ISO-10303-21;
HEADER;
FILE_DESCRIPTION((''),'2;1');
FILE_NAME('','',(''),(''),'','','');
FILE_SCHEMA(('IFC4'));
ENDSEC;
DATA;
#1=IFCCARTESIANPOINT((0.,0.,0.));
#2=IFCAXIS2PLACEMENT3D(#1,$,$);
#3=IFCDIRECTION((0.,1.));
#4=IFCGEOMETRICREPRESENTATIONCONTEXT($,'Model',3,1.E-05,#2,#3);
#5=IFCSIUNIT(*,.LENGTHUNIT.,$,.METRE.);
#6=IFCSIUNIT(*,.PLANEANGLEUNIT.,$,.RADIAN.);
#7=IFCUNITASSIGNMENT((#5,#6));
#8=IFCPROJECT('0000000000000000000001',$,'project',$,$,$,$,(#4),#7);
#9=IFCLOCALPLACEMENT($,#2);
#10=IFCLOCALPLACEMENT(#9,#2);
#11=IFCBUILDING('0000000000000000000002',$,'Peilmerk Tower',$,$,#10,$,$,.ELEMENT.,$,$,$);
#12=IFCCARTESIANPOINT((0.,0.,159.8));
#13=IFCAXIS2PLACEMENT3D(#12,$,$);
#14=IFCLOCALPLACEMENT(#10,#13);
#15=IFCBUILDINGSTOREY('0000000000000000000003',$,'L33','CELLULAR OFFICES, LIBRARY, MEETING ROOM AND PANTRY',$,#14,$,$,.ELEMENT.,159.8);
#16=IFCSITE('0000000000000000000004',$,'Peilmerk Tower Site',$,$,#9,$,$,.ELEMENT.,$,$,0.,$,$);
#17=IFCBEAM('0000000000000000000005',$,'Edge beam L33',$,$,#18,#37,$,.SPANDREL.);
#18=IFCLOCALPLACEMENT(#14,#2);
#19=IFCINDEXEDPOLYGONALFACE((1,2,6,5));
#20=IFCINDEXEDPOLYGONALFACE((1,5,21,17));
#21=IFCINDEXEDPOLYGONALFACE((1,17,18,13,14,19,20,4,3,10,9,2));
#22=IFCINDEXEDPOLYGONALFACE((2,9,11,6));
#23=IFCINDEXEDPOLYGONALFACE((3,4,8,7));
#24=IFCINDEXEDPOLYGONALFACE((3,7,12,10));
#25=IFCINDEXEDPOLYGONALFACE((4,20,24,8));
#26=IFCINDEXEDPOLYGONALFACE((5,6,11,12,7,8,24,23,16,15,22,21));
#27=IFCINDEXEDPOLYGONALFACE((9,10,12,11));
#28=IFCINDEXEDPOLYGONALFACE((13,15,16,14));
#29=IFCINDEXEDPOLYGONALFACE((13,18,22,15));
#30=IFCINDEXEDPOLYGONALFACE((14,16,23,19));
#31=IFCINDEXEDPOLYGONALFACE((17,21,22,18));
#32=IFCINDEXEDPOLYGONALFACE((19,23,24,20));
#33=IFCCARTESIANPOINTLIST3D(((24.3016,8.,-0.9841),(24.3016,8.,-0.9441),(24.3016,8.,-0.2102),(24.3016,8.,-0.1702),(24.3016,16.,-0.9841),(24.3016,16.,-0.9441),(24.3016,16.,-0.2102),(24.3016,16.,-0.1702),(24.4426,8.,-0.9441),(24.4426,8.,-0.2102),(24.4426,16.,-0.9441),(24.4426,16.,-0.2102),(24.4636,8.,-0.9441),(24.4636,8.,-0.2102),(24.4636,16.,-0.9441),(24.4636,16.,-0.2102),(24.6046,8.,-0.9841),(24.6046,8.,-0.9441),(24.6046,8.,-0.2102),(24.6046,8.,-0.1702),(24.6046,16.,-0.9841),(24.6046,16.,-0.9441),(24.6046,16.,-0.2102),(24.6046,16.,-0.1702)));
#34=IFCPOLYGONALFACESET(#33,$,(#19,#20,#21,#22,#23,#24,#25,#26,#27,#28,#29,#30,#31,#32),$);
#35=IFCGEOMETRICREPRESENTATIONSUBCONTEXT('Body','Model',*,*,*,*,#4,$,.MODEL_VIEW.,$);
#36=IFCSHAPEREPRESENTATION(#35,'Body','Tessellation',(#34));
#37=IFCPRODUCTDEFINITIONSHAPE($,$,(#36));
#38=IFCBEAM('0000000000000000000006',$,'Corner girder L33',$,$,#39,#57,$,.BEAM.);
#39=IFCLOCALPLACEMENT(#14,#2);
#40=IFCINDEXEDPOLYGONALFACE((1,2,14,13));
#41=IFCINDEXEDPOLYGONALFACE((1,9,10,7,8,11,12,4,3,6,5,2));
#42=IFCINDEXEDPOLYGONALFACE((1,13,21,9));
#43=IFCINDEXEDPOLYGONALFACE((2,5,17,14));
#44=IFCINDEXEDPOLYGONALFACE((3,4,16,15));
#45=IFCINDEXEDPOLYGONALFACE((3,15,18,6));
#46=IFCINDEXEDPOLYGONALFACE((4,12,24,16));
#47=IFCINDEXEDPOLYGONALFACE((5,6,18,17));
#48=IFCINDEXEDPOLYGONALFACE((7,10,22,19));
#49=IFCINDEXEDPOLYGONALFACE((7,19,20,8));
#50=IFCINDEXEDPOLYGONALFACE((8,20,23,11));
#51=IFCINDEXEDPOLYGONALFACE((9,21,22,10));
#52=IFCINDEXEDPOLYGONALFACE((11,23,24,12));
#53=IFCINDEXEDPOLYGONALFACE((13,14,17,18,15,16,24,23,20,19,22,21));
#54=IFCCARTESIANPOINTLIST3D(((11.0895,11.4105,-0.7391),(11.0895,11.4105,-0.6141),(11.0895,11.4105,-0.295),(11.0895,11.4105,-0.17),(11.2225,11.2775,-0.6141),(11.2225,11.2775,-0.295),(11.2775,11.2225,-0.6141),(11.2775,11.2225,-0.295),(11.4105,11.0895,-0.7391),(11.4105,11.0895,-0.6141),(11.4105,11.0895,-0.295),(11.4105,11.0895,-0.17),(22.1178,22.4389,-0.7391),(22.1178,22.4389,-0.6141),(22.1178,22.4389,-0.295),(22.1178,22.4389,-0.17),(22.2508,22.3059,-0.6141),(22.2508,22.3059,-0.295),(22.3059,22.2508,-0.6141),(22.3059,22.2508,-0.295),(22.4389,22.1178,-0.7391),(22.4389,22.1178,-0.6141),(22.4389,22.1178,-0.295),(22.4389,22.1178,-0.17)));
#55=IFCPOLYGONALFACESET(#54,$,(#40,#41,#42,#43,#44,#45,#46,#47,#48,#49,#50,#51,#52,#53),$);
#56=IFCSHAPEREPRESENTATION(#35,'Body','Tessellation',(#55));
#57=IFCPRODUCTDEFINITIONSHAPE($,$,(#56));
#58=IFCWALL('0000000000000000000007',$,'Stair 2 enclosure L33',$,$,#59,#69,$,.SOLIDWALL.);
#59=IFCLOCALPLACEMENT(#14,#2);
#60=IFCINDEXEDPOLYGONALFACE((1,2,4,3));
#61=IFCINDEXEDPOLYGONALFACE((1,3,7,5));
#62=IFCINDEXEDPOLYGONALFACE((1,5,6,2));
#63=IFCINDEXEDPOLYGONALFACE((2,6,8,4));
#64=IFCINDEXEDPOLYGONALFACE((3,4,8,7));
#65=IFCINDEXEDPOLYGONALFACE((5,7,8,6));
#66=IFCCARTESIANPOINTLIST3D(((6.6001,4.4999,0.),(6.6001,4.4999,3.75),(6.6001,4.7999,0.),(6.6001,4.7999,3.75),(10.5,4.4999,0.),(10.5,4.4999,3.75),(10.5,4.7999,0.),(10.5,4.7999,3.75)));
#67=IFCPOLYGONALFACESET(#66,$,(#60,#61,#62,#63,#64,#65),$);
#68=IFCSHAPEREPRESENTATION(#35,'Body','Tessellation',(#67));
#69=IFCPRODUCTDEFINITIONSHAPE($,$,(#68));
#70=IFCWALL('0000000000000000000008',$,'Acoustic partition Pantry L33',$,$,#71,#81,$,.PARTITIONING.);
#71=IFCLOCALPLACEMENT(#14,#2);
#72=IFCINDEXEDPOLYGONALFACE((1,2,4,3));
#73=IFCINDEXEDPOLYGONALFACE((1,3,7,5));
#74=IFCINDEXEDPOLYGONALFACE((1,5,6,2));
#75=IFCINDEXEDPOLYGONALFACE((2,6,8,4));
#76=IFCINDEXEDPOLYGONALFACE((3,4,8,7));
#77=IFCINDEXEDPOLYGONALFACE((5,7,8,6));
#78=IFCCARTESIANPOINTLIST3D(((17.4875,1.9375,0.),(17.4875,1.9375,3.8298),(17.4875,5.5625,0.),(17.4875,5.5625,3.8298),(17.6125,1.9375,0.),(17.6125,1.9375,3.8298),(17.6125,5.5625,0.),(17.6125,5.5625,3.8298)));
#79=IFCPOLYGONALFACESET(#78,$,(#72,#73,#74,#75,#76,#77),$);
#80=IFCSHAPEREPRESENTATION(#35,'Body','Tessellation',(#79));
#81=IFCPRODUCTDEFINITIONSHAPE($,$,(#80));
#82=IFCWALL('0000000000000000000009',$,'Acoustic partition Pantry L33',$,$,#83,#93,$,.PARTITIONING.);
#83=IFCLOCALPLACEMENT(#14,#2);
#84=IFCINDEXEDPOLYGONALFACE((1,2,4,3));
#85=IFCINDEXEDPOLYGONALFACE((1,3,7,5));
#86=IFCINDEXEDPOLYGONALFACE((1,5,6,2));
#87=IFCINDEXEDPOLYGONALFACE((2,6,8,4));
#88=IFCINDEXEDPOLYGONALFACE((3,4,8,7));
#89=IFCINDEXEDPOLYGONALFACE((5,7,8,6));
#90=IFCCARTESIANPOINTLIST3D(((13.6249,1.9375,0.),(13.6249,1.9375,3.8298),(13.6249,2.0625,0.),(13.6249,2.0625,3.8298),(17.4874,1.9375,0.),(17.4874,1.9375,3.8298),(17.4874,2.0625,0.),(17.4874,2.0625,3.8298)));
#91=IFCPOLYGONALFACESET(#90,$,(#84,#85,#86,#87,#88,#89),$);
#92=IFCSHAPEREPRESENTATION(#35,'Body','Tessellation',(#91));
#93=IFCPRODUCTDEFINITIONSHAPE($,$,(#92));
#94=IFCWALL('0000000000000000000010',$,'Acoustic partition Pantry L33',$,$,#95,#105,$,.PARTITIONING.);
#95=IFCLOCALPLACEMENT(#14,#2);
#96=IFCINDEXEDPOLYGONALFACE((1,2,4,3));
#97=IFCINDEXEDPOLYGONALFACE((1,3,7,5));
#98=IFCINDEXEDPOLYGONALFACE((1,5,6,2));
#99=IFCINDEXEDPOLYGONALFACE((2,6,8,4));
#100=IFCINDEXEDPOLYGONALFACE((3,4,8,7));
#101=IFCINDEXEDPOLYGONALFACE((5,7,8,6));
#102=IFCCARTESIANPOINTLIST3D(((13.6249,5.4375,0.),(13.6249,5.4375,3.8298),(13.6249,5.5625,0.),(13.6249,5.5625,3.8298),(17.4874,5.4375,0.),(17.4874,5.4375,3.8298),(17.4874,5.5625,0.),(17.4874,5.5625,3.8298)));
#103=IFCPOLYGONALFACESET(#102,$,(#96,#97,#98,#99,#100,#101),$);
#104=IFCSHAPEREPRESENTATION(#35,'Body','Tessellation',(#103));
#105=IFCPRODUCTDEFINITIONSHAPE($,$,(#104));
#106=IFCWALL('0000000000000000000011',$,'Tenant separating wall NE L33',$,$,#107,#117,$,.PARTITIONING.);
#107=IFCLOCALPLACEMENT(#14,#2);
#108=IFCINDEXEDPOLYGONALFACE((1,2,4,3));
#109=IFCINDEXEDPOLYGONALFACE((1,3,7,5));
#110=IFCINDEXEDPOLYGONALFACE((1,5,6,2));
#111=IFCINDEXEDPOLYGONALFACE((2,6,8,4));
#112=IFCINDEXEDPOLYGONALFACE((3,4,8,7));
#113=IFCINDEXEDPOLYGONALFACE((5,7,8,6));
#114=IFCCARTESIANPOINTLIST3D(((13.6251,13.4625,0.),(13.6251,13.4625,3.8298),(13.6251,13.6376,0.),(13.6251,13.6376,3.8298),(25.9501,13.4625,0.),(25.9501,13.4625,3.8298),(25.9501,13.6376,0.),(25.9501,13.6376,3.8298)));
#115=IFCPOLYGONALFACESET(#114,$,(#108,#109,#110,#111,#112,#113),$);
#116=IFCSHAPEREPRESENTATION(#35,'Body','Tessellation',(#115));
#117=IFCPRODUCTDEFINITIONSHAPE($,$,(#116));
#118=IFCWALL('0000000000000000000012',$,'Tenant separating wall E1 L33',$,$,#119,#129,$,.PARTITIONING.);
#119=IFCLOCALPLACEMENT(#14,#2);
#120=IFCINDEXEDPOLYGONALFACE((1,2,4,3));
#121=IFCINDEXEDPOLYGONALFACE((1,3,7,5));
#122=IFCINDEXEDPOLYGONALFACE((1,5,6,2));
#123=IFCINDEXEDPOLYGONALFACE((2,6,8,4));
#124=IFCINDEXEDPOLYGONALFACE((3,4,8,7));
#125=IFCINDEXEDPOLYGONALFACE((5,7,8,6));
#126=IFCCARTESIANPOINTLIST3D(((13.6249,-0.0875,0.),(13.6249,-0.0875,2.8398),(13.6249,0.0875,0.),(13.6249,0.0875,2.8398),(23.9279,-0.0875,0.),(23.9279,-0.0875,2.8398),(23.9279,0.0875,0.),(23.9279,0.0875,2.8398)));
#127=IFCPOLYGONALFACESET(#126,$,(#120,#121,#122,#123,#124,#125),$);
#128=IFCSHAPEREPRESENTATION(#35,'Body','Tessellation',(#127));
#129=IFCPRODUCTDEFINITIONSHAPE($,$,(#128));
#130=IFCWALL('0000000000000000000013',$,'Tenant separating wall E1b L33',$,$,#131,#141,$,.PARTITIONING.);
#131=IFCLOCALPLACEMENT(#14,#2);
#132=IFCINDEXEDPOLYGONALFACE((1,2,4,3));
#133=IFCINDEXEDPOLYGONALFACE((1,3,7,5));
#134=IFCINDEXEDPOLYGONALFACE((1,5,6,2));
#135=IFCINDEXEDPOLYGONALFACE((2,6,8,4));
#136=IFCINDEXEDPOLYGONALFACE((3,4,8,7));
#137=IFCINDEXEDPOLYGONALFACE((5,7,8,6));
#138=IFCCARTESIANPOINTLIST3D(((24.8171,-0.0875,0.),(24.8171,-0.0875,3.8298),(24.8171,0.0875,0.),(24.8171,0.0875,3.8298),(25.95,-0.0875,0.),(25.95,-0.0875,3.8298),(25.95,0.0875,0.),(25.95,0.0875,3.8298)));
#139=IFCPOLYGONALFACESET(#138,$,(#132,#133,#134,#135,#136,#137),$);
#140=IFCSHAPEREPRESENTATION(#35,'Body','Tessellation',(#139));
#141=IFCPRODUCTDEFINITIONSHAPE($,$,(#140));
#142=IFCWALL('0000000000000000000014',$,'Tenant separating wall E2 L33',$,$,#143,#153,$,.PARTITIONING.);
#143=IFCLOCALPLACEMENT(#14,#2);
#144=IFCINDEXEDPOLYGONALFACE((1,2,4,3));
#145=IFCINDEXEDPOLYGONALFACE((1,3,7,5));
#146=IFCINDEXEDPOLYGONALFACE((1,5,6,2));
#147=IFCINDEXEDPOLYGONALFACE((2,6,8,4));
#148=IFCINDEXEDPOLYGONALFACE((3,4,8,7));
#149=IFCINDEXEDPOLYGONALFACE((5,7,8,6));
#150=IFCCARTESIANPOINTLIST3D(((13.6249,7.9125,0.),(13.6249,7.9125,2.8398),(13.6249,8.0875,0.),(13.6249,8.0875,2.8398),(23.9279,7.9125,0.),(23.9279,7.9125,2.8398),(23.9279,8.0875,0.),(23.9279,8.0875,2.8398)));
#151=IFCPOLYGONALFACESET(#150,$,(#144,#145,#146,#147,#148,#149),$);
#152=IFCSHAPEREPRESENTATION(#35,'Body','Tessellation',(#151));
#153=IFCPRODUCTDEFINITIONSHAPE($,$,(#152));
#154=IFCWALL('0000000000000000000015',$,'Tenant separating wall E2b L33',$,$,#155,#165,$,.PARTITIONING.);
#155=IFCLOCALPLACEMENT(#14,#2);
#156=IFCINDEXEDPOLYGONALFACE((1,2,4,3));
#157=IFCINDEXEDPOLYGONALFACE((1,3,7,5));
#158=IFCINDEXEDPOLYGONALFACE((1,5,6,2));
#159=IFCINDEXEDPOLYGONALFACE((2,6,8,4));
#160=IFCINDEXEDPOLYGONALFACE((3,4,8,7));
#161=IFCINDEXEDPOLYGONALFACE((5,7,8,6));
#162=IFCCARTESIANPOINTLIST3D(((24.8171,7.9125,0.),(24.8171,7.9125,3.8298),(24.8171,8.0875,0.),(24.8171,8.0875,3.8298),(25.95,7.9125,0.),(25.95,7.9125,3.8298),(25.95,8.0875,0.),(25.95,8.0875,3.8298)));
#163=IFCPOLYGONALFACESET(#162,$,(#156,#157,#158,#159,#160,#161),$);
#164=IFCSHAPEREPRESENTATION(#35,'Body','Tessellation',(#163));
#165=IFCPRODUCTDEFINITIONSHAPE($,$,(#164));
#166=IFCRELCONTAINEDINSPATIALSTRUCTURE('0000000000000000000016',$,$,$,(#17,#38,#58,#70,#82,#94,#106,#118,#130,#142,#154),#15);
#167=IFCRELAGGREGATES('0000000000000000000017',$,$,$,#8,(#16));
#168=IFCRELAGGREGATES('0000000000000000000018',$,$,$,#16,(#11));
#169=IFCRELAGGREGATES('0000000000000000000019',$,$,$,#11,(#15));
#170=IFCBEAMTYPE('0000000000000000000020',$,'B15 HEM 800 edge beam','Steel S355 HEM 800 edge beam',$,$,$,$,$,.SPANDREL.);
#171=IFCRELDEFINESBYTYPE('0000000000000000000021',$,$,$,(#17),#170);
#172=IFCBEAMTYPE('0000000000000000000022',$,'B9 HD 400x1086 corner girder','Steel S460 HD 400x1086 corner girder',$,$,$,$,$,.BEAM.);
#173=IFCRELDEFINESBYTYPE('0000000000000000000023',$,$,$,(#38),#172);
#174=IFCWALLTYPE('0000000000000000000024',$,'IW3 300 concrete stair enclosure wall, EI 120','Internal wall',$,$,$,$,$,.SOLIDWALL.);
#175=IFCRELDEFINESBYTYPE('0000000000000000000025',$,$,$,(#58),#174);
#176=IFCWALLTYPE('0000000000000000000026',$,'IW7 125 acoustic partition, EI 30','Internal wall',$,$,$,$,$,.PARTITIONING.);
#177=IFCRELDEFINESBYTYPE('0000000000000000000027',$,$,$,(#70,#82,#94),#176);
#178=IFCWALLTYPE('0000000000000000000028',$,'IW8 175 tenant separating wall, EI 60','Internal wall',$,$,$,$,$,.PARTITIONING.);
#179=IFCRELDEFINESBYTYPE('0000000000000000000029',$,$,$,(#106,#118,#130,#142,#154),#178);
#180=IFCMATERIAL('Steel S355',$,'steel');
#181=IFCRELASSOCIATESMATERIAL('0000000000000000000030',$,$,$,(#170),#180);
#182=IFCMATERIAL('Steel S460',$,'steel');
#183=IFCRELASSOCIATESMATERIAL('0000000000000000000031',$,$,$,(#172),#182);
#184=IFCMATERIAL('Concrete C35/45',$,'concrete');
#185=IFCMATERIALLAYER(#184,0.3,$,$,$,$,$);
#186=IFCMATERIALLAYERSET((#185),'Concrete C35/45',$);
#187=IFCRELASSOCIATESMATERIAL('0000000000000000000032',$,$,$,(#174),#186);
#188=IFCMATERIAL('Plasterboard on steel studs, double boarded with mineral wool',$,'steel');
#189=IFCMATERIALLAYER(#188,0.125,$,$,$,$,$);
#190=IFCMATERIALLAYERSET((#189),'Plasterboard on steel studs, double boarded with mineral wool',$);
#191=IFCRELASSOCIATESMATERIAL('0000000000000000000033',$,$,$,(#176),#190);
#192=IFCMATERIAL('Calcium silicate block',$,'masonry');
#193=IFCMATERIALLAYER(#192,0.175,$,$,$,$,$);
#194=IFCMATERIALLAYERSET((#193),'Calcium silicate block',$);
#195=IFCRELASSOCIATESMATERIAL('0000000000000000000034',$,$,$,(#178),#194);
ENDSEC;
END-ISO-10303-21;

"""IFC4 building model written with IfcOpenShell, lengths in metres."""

from ifc_helpers import new_model, si_unit, direction, frame, frame_2d, origin, origin_2d, place, context, subcontext, project, spatial, rectangle, i_section, extrude, material, layer, layer_set, material_profile, profile_set, type_object, element, save


model = new_model("IFC4")

# Units and contexts
model_context = context("Model", 3, precision=1e-05, world=origin(), true_north=direction((0.0, 1.0)))
body_context = subcontext(model_context, "Body", "Model", "MODEL_VIEW")
ifc_project = project(units=[si_unit("LENGTHUNIT", "METRE"), si_unit("PLANEANGLEUNIT", "RADIAN")], contexts=[model_context])

# Site, building, storey
site_placement = place(None, origin())
site = spatial("IfcSite", under=ifc_project, at=site_placement, Name="Peilmerk Tower Site", CompositionType="ELEMENT", RefElevation=0.0)
building_placement = place(site_placement, origin())
building = spatial("IfcBuilding", under=site, at=building_placement, Name="Peilmerk Tower", CompositionType="ELEMENT")
storey_placement = place(building_placement, frame((0.0, 0.0, 159.8)))
storey = spatial("IfcBuildingStorey", under=building, at=storey_placement, Name="L33", Description="CELLULAR OFFICES, LIBRARY, MEETING ROOM AND PANTRY", CompositionType="ELEMENT", Elevation=159.8)

# Shared definitions
ifc_material_1 = material(Name="Steel S460", Category="steel")

# Beams
ifc_material_2 = material(Name="Steel S355", Category="steel")
ifc_material_profile_1 = material_profile(ifc_material_2, i_section(OverallWidth=0.303, OverallDepth=0.814, WebThickness=0.021, FlangeThickness=0.04, at=origin_2d()), Name="HEM 800")
ifc_profile_set_1 = profile_set([ifc_material_profile_1], Name="Steel S355")
beam_type_1 = type_object("IfcBeamType", Name="B15 HEM 800 edge beam", Description="Steel S355 HEM 800 edge beam", PredefinedType="SPANDREL", material=ifc_profile_set_1)
for number, where, z_axis, x_axis, name in (
    (1, (24.4531, 8.0, -0.5771), (0.0, 1.0, 0.0), (-1.0, 0.0, 0.0), "Edge beam L33"),
):
    element("IfcBeam", number, at=place(storey_placement, frame(where, z_axis=z_axis, x_axis=x_axis)), inside=storey, type_object=beam_type_1, Name=name, PredefinedType="SPANDREL", context=body_context, shape_type="SweptSolid", body=[
        extrude(i_section(OverallWidth=0.303, OverallDepth=0.814, WebThickness=0.021, FlangeThickness=0.04, at=origin_2d()), origin(), (0.0, 0.0, 1.0), 8.0),
    ])
ifc_material_profile_2 = material_profile(ifc_material_1, i_section(OverallWidth=0.4541, OverallDepth=0.5691, WebThickness=0.0779, FlangeThickness=0.125, at=origin_2d()), Name="HD 400x1086")
ifc_profile_set_2 = profile_set([ifc_material_profile_2], Name="Steel S460")
beam_type_2 = type_object("IfcBeamType", Name="B9 HD 400x1086 corner girder", Description="Steel S460 HD 400x1086 corner girder", PredefinedType="BEAM", material=ifc_profile_set_2)
beam_placement = place(storey_placement, frame((11.25, 11.25, -0.4546), z_axis=(0.707107, 0.707107, 0.0), x_axis=(-0.707107, 0.707107, 0.0)))
element("IfcBeam", 2, at=beam_placement, inside=storey, type_object=beam_type_2, Name="Corner girder L33", PredefinedType="BEAM", context=body_context, shape_type="SweptSolid", body=[
    extrude(i_section(OverallWidth=0.4541, OverallDepth=0.5691, WebThickness=0.0779, FlangeThickness=0.125, at=origin_2d()), origin(), (0.0, 0.0, 1.0), 15.5964),
])

# Walls
ifc_material_3 = material(Name="Concrete C35/45", Category="concrete")
ifc_layer_1 = layer(ifc_material_3, 0.3)
ifc_layer_set_1 = layer_set([ifc_layer_1], Name="Concrete C35/45")
wall_type_1 = type_object("IfcWallType", Name="IW3 300 concrete stair enclosure wall, EI 120", Description="Internal wall", PredefinedType="SOLIDWALL", material=ifc_layer_set_1)
wall_1_placement = place(storey_placement, frame((6.6001, 4.6499, 0.0), z_axis=(0.0, 0.0, 1.0), x_axis=(1.0, 0.0, 0.0)))
element("IfcWall", 3, at=wall_1_placement, inside=storey, type_object=wall_type_1, Name="Stair 2 enclosure L33", PredefinedType="SOLIDWALL", context=body_context, shape_type="SweptSolid", body=[
    extrude(rectangle(XDim=3.8999, YDim=0.3, at=frame_2d((1.95, 0.0))), origin(), (0.0, 0.0, 1.0), 3.75),
])
ifc_material_4 = material(Name="Plasterboard on steel studs, double boarded with mineral wool", Category="steel")
ifc_layer_2 = layer(ifc_material_4, 0.125)
ifc_layer_set_2 = layer_set([ifc_layer_2], Name="Plasterboard on steel studs, double boarded with mineral wool")
wall_type_2 = type_object("IfcWallType", Name="IW7 125 acoustic partition, EI 30", Description="Internal wall", PredefinedType="PARTITIONING", material=ifc_layer_set_2)
wall_2_placement = place(storey_placement, frame((17.55, 1.9375, 0.0), z_axis=(0.0, 0.0, 1.0), x_axis=(0.0, 1.0, 0.0)))
element("IfcWall", 4, at=wall_2_placement, inside=storey, type_object=wall_type_2, Name="Acoustic partition Pantry L33", PredefinedType="PARTITIONING", context=body_context, shape_type="SweptSolid", body=[
    extrude(rectangle(XDim=3.625, YDim=0.125, at=frame_2d((1.8125, 0.0))), origin(), (0.0, 0.0, 1.0), 3.8298),
])
for number, where, z_axis, x_axis, name in (
    (5, (13.625, 2.0, 0.0), (0.0, 0.0, 1.0), (1.0, 0.0, 0.0), "Acoustic partition Pantry L33"),
    (6, (13.625, 5.5, 0.0), (0.0, 0.0, 1.0), (1.0, 0.0, 0.0), "Acoustic partition Pantry L33"),
):
    element("IfcWall", number, at=place(storey_placement, frame(where, z_axis=z_axis, x_axis=x_axis)), inside=storey, type_object=wall_type_2, Name=name, PredefinedType="PARTITIONING", context=body_context, shape_type="SweptSolid", body=[
        extrude(rectangle(XDim=3.8625, YDim=0.125, at=frame_2d((1.9312, 0.0))), origin(), (0.0, 0.0, 1.0), 3.8298),
    ])
ifc_material_5 = material(Name="Calcium silicate block", Category="masonry")
ifc_layer_3 = layer(ifc_material_5, 0.175)
ifc_layer_set_3 = layer_set([ifc_layer_3], Name="Calcium silicate block")
wall_type_3 = type_object("IfcWallType", Name="IW8 175 tenant separating wall, EI 60", Description="Internal wall", PredefinedType="PARTITIONING", material=ifc_layer_set_3)
wall_3_placement = place(storey_placement, frame((13.625, 13.55, 0.0), z_axis=(0.0, 0.0, 1.0), x_axis=(1.0, 0.0, 0.0)))
element("IfcWall", 7, at=wall_3_placement, inside=storey, type_object=wall_type_3, Name="Tenant separating wall NE L33", PredefinedType="PARTITIONING", context=body_context, shape_type="SweptSolid", body=[
    extrude(rectangle(XDim=12.325, YDim=0.175, at=frame_2d((6.1626, 0.0))), origin(), (0.0, 0.0, 1.0), 3.8298),
])
wall_4_placement = place(storey_placement, frame((13.625, 0.0, 0.0), z_axis=(0.0, 0.0, 1.0), x_axis=(1.0, 0.0, 0.0)))
element("IfcWall", 8, at=wall_4_placement, inside=storey, type_object=wall_type_3, Name="Tenant separating wall E1 L33", PredefinedType="PARTITIONING", context=body_context, shape_type="SweptSolid", body=[
    extrude(rectangle(XDim=10.303, YDim=0.175, at=frame_2d((5.1514, 0.0))), origin(), (0.0, 0.0, 1.0), 2.8398),
])
wall_5_placement = place(storey_placement, frame((24.8171, 0.0, 0.0), z_axis=(0.0, 0.0, 1.0), x_axis=(1.0, 0.0, 0.0)))
element("IfcWall", 9, at=wall_5_placement, inside=storey, type_object=wall_type_3, Name="Tenant separating wall E1b L33", PredefinedType="PARTITIONING", context=body_context, shape_type="SweptSolid", body=[
    extrude(rectangle(XDim=1.1328, YDim=0.175, at=frame_2d((0.5664, 0.0))), origin(), (0.0, 0.0, 1.0), 3.8298),
])
wall_6_placement = place(storey_placement, frame((13.625, 8.0, 0.0), z_axis=(0.0, 0.0, 1.0), x_axis=(1.0, 0.0, 0.0)))
element("IfcWall", 10, at=wall_6_placement, inside=storey, type_object=wall_type_3, Name="Tenant separating wall E2 L33", PredefinedType="PARTITIONING", context=body_context, shape_type="SweptSolid", body=[
    extrude(rectangle(XDim=10.303, YDim=0.175, at=frame_2d((5.1514, 0.0))), origin(), (0.0, 0.0, 1.0), 2.8398),
])
wall_7_placement = place(storey_placement, frame((24.8171, 8.0, 0.0), z_axis=(0.0, 0.0, 1.0), x_axis=(1.0, 0.0, 0.0)))
element("IfcWall", 11, at=wall_7_placement, inside=storey, type_object=wall_type_3, Name="Tenant separating wall E2b L33", PredefinedType="PARTITIONING", context=body_context, shape_type="SweptSolid", body=[
    extrude(rectangle(XDim=1.1328, YDim=0.175, at=frame_2d((0.5664, 0.0))), origin(), (0.0, 0.0, 1.0), 3.8298),
])

save(model, "model.ifc")
